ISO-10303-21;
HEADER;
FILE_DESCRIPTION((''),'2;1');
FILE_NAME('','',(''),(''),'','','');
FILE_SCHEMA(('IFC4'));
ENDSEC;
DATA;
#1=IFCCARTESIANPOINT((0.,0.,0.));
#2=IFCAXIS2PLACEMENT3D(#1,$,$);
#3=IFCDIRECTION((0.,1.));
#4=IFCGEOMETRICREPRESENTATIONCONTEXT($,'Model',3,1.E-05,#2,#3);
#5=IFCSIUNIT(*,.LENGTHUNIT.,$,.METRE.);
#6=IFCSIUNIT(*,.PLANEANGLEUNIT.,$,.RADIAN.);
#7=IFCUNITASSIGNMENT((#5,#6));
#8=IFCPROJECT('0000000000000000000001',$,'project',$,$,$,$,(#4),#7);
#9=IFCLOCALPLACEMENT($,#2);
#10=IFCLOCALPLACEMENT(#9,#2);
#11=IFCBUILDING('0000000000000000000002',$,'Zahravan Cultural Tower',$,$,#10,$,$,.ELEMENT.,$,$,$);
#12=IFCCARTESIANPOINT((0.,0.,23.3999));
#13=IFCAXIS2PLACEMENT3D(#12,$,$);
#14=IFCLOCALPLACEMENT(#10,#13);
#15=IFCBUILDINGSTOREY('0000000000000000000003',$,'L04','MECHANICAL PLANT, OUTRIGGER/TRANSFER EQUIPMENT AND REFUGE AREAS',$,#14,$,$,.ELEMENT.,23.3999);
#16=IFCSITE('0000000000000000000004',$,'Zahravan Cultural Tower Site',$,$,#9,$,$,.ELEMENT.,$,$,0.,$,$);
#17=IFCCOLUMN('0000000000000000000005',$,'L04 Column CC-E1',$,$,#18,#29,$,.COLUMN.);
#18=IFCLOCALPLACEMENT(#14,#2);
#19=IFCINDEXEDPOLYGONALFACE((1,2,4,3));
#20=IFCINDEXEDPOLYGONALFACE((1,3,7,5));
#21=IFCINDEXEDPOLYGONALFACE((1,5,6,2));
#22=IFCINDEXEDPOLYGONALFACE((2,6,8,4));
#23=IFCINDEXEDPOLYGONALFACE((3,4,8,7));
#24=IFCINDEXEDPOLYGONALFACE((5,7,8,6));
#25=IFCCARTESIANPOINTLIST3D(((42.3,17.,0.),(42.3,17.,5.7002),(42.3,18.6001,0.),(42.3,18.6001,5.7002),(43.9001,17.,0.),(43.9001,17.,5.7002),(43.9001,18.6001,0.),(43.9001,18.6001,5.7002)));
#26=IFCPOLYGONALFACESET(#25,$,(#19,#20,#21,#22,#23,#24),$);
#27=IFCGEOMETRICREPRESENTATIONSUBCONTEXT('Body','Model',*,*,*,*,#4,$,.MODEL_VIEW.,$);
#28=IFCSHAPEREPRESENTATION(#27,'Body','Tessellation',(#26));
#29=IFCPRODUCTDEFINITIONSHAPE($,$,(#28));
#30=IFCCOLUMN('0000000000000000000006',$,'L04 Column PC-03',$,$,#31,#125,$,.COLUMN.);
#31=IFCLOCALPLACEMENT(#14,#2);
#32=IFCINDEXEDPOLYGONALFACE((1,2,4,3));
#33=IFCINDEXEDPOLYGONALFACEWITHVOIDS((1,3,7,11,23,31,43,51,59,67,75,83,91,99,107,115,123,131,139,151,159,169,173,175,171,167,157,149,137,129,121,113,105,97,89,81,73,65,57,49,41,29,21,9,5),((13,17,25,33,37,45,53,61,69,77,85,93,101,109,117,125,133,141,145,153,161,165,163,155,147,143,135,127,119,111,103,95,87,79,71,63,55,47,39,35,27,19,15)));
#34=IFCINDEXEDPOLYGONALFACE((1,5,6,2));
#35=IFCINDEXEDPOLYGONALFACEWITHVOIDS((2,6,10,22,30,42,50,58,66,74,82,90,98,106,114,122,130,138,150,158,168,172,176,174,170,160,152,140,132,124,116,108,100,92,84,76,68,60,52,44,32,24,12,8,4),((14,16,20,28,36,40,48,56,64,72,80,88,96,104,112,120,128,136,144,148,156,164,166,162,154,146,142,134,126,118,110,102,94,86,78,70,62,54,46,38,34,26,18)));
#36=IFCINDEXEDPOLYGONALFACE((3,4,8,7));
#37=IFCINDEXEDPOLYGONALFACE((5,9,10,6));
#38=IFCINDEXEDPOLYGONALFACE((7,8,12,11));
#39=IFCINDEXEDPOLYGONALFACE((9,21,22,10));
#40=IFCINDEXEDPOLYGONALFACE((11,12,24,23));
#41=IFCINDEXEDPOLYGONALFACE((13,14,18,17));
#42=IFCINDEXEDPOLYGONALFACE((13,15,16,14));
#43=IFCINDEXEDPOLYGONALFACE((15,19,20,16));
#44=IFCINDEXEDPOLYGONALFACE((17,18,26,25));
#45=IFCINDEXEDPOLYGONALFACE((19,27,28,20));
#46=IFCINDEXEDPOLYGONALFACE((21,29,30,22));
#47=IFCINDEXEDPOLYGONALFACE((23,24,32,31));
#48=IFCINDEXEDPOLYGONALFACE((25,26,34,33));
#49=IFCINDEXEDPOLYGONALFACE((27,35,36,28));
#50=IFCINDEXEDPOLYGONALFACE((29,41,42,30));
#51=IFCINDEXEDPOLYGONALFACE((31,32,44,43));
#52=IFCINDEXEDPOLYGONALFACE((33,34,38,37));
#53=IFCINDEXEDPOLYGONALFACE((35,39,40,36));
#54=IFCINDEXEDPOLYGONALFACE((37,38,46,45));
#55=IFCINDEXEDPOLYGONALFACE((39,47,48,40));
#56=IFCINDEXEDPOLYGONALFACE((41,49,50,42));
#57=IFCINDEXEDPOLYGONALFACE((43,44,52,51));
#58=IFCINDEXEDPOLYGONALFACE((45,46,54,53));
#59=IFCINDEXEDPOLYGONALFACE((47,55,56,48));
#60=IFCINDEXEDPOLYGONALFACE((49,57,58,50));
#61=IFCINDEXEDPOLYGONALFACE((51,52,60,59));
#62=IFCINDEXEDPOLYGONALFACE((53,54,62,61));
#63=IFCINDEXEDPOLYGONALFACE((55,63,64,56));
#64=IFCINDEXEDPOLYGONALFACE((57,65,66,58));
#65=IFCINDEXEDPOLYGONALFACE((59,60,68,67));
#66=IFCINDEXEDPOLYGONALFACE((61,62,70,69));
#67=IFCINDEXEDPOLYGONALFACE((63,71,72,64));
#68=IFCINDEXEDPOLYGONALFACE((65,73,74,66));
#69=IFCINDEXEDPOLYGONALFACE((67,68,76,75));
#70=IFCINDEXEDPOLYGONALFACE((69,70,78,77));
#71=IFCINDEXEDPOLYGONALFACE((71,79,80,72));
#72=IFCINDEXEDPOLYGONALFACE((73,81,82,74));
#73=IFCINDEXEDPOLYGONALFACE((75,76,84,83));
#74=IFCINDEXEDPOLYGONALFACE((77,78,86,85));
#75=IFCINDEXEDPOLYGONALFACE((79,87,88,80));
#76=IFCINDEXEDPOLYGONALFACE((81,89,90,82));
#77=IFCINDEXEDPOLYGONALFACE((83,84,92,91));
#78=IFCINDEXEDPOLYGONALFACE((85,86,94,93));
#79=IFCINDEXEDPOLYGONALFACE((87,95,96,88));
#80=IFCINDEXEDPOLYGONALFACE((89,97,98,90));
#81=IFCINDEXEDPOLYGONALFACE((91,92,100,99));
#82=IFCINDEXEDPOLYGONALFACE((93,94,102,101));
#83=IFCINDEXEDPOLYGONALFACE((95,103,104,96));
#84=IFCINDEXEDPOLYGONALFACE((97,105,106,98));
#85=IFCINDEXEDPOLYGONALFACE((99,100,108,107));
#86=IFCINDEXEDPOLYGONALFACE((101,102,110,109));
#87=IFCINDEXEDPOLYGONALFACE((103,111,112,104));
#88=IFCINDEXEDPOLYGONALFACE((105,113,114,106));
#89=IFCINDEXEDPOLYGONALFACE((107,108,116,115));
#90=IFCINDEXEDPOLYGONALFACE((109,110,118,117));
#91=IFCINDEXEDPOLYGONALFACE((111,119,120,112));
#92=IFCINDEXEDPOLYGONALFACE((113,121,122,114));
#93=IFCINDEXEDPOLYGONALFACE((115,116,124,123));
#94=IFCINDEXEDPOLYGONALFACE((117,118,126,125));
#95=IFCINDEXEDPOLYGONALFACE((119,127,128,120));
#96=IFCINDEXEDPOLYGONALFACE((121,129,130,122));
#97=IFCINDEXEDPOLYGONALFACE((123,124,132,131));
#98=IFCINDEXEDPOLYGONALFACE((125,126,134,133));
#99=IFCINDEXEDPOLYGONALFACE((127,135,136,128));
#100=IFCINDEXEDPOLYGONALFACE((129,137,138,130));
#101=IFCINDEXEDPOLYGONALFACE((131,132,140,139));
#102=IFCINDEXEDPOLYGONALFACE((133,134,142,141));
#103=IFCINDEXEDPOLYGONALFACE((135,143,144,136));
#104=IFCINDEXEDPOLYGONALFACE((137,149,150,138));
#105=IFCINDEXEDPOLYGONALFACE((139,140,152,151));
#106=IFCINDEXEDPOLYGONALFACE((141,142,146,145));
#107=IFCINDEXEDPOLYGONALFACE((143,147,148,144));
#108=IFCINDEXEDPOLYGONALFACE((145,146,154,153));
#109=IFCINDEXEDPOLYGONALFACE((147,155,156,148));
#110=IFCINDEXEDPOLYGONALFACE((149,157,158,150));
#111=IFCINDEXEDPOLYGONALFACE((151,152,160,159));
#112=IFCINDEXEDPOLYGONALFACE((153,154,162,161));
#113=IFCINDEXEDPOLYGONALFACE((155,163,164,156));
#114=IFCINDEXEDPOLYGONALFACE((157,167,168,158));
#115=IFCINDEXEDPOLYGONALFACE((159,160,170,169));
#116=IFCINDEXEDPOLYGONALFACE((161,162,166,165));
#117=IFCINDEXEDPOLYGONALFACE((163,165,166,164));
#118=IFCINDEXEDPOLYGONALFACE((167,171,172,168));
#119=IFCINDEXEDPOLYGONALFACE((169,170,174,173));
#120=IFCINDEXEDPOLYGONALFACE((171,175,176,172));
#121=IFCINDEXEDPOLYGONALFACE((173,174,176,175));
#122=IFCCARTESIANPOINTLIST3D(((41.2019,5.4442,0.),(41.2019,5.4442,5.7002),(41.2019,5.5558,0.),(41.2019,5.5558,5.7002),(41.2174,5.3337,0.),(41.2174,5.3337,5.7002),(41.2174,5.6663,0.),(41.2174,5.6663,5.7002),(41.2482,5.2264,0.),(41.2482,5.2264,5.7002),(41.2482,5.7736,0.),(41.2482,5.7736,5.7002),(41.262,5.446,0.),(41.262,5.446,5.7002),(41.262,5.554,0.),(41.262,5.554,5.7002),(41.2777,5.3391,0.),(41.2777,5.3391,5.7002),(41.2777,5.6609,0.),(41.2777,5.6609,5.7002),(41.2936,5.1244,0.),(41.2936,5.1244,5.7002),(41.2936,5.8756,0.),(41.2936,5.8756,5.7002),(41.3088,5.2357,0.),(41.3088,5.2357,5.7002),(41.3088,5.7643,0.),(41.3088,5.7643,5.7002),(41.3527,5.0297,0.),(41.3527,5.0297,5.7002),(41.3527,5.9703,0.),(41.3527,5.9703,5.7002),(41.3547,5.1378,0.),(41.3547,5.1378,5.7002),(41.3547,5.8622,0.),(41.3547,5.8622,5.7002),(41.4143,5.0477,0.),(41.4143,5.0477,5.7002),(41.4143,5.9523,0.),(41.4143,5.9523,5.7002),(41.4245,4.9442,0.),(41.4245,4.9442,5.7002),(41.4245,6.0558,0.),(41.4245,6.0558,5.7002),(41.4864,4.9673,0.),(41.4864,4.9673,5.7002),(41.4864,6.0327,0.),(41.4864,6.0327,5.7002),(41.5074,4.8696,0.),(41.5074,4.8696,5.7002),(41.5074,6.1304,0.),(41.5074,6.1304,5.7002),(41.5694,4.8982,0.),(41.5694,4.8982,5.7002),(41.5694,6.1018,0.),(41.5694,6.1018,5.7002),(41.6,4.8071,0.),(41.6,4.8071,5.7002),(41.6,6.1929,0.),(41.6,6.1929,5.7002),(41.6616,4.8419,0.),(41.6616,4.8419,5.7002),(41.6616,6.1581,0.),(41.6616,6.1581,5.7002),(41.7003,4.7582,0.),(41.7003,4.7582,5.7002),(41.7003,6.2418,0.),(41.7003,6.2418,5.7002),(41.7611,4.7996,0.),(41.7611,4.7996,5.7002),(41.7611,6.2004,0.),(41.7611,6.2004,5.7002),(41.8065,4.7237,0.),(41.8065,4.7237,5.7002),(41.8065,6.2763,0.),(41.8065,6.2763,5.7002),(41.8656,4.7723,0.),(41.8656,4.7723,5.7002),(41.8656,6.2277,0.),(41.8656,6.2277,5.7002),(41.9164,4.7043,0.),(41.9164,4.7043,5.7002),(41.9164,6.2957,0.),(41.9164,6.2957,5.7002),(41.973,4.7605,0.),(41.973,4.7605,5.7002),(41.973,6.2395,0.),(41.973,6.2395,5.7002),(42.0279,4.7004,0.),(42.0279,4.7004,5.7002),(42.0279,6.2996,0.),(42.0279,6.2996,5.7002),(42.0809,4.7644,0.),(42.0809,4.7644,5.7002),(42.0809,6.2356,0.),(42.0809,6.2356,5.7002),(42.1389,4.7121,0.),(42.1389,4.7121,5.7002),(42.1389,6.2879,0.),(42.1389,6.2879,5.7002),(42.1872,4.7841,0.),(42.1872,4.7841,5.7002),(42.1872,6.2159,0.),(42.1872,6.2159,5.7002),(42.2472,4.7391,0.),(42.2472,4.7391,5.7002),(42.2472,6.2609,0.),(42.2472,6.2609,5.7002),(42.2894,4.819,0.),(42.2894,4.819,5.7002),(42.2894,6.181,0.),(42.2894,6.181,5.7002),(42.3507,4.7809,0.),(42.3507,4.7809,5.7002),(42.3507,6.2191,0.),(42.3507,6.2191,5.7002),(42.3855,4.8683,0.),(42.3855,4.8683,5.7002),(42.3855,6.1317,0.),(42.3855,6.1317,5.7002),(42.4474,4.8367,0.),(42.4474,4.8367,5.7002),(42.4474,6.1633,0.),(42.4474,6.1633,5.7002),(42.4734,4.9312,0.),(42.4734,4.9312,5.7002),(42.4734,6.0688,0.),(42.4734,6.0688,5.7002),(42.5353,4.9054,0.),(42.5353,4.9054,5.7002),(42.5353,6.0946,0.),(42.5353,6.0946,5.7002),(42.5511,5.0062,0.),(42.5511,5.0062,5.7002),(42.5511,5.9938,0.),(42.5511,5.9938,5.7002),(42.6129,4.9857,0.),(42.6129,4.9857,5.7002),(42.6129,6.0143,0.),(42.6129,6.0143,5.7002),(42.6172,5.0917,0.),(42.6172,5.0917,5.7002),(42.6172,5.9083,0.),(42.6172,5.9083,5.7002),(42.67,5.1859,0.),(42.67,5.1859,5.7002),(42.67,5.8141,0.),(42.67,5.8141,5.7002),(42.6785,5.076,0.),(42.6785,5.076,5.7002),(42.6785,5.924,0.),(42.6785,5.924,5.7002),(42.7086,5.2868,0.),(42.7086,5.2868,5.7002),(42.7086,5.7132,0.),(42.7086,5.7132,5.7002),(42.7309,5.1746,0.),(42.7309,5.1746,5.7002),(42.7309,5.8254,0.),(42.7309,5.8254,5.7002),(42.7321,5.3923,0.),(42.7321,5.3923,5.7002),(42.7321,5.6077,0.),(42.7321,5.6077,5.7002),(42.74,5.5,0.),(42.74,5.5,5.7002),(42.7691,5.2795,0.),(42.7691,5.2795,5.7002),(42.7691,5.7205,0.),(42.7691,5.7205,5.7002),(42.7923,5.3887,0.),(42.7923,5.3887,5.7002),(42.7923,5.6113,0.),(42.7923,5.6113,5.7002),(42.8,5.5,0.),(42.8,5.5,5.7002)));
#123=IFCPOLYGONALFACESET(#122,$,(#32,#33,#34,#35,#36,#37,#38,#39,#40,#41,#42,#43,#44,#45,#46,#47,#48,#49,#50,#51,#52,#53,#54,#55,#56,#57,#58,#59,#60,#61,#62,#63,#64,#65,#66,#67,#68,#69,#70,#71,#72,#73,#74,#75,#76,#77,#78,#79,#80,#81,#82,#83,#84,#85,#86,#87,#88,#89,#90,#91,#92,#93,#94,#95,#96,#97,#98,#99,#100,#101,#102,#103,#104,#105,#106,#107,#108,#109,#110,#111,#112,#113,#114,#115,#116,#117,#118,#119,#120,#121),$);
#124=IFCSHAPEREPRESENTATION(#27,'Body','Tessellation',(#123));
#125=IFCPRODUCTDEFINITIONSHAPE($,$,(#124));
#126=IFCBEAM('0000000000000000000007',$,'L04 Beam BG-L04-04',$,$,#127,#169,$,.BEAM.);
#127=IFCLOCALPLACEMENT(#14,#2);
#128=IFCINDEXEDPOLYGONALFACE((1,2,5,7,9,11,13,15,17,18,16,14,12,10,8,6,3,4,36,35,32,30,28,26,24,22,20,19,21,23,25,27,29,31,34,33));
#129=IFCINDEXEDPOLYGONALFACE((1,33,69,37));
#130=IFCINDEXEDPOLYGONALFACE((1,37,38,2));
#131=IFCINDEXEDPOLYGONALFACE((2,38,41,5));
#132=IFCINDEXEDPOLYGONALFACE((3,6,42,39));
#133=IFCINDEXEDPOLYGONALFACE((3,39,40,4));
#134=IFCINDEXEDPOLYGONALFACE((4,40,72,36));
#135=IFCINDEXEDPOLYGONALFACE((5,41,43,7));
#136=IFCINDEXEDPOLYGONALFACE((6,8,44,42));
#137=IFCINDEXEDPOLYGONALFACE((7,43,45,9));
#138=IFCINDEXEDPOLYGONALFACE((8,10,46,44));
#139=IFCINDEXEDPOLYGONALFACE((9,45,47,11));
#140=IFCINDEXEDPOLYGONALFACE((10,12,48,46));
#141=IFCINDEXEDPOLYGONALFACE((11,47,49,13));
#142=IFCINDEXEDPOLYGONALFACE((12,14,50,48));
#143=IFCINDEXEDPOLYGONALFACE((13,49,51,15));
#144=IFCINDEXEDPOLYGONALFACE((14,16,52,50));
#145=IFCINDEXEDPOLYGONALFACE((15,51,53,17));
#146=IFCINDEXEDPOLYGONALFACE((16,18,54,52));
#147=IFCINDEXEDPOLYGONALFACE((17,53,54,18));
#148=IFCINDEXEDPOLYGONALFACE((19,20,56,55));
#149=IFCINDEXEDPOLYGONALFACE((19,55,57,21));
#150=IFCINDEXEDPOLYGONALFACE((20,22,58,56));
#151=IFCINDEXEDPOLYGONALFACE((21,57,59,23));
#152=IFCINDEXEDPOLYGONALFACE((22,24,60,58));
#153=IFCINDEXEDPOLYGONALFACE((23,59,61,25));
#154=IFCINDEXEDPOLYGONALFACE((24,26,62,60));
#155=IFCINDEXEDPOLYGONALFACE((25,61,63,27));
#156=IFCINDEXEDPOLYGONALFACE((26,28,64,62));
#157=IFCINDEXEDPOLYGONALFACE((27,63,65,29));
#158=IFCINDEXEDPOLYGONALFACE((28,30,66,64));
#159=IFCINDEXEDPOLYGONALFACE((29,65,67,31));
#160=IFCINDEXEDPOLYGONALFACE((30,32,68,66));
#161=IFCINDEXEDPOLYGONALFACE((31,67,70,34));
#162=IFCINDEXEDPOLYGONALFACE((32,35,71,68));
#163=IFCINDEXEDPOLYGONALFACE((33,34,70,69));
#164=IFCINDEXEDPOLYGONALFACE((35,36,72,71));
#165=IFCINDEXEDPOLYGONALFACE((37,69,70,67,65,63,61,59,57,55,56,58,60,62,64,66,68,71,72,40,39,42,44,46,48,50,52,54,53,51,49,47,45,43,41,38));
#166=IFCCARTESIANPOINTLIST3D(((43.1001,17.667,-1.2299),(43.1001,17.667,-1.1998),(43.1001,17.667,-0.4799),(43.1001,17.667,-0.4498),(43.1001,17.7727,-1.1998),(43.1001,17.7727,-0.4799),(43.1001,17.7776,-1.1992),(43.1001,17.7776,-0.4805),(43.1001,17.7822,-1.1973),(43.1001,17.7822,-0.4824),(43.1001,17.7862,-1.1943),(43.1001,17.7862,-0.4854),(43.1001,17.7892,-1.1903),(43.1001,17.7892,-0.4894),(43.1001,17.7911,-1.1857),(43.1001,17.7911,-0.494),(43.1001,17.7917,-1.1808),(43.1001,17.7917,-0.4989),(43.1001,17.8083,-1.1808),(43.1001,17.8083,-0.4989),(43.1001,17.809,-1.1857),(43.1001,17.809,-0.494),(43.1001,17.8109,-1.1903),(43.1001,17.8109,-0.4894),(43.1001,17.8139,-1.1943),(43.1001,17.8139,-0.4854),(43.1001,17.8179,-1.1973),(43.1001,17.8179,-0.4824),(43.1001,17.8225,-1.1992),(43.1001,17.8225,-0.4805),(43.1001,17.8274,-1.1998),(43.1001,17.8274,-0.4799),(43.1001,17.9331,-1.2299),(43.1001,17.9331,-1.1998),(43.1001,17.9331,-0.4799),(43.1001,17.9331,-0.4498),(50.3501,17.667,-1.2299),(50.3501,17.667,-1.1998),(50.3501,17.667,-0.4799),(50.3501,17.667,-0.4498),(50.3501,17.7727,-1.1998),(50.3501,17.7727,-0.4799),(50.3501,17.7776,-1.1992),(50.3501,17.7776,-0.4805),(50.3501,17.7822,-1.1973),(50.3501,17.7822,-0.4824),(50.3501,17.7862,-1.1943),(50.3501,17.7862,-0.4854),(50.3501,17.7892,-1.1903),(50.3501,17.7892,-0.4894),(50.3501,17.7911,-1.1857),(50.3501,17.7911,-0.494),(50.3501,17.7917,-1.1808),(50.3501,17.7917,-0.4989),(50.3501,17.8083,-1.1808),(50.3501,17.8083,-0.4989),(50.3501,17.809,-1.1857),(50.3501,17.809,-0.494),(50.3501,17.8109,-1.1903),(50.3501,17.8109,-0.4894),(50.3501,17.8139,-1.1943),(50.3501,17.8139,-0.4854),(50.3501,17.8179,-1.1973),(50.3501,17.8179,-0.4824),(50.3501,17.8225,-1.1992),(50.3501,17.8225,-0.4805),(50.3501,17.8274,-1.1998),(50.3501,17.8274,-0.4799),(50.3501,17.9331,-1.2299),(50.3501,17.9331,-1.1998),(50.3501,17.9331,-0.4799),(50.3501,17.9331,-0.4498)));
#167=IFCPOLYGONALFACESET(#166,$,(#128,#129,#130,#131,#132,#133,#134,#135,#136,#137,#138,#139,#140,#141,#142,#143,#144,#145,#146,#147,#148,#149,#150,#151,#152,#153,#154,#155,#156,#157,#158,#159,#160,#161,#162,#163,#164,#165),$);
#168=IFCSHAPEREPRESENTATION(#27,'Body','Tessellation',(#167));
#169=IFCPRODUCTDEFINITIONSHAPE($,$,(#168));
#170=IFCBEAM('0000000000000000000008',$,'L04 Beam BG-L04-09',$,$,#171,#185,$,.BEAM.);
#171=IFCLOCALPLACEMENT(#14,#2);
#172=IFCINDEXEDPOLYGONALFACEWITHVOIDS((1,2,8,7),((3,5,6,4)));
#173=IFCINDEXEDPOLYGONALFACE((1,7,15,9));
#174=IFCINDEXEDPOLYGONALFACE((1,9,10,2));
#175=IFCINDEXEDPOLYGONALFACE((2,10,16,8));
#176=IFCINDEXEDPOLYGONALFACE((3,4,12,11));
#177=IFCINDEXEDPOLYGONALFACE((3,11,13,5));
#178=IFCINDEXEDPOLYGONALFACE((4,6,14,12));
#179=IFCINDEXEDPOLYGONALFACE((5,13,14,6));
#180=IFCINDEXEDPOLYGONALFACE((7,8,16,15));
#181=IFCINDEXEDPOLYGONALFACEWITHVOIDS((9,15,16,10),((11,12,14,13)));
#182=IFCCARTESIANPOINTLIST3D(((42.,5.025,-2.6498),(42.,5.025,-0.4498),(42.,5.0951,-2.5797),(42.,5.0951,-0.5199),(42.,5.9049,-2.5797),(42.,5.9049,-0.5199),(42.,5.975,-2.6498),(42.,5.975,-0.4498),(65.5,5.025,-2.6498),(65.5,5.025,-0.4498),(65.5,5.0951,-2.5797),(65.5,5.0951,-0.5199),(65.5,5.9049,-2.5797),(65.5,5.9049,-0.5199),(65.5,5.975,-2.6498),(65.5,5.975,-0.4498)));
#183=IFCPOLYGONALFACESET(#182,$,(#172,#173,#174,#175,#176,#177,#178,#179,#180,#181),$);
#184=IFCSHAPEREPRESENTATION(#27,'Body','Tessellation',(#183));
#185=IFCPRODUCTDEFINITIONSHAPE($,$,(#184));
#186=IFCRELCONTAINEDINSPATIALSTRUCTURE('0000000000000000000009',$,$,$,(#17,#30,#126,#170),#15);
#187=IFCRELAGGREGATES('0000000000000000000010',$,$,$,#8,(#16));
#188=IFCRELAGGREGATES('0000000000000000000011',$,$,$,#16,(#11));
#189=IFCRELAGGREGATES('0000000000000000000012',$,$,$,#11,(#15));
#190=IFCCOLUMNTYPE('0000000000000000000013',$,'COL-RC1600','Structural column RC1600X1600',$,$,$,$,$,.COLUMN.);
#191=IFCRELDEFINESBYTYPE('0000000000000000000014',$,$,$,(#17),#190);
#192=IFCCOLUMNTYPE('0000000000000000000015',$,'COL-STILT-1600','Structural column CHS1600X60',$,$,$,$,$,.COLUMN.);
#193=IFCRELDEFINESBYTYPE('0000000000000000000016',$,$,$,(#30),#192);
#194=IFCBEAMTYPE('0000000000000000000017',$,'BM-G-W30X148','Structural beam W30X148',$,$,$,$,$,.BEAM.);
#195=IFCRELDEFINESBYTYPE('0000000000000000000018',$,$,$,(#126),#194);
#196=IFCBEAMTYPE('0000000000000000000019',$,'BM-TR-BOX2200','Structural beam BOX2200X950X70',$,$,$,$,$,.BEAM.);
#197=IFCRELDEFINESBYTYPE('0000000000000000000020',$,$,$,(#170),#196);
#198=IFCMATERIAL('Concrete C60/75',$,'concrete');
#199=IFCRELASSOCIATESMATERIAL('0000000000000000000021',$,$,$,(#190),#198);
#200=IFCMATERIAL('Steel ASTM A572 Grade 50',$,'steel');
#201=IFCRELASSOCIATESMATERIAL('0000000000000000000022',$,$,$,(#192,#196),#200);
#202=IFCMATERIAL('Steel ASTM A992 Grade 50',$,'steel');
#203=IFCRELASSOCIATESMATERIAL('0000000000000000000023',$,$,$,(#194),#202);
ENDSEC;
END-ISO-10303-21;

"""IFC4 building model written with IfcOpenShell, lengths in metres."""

from ifc_helpers import new_model, si_unit, direction, frame, origin, origin_2d, place, context, subcontext, project, spatial, rectangle, hollow_rectangle, hollow_circle, i_section, extrude, source, transform, mapped, material, material_profile, profile_set, type_object, element, save


model = new_model("IFC4")

# Units and contexts
model_context = context("Model", 3, precision=1e-05, world=origin(), true_north=direction((0.0, 1.0)))
body_context = subcontext(model_context, "Body", "Model", "MODEL_VIEW")
ifc_project = project(units=[si_unit("LENGTHUNIT", "METRE"), si_unit("PLANEANGLEUNIT", "RADIAN")], contexts=[model_context])

# Site, building, storey
site_placement = place(None, origin())
site = spatial("IfcSite", under=ifc_project, at=site_placement, Name="Zahravan Cultural Tower Site", CompositionType="ELEMENT", RefElevation=0.0)
building_placement = place(site_placement, origin())
building = spatial("IfcBuilding", under=site, at=building_placement, Name="Zahravan Cultural Tower", CompositionType="ELEMENT")
storey_placement = place(building_placement, frame((0.0, 0.0, 23.3999)))
storey = spatial("IfcBuildingStorey", under=building, at=storey_placement, Name="L04", Description="MECHANICAL PLANT, OUTRIGGER/TRANSFER EQUIPMENT AND REFUGE AREAS", CompositionType="ELEMENT", Elevation=23.3999)

# Columns
ifc_material_1 = material(Name="Concrete C60/75", Category="concrete")
ifc_material_profile_1 = material_profile(ifc_material_1, rectangle(XDim=1.6001, YDim=1.6001, at=origin_2d()), Name="RC1600X1600")
ifc_profile_set_1 = profile_set([ifc_material_profile_1], Name="Concrete C60/75")
column_type_1 = type_object("IfcColumnType", Name="COL-RC1600", Description="Structural column RC1600X1600", PredefinedType="COLUMN", material=ifc_profile_set_1)
shared_shape_1 = source(origin(), body_context, "Body", "SweptSolid", [
    extrude(rectangle(XDim=1.6001, YDim=1.6001, at=origin_2d()), origin(), (0.0, 0.0, 1.0), 5.7002),
])
column_1_placement = place(storey_placement, frame((43.1001, 17.8, 0.0), z_axis=(0.0, 0.0, 1.0), x_axis=(1.0, 0.0, 0.0)))
element("IfcColumn", 1, at=column_1_placement, inside=storey, type_object=column_type_1, Name="L04 Column CC-E1", PredefinedType="COLUMN", context=body_context, shape_type="MappedRepresentation", body=[
    mapped(shared_shape_1, transform((0.0, 0.0, 0.0), x_axis=(1.0, 0.0, 0.0), y_axis=(0.0, 1.0, 0.0), z_axis=(0.0, 0.0, 1.0), scale=1.0)),
])
ifc_material_2 = material(Name="Steel ASTM A572 Grade 50", Category="steel")
ifc_material_profile_2 = material_profile(ifc_material_2, hollow_circle(Radius=0.8, WallThickness=0.0601, at=origin_2d()), Name="CHS1600X60")
ifc_profile_set_2 = profile_set([ifc_material_profile_2], Name="Steel ASTM A572 Grade 50")
column_type_2 = type_object("IfcColumnType", Name="COL-STILT-1600", Description="Structural column CHS1600X60", PredefinedType="COLUMN", material=ifc_profile_set_2)
shared_shape_2 = source(origin(), body_context, "Body", "SweptSolid", [
    extrude(hollow_circle(Radius=0.8, WallThickness=0.0601, at=origin_2d()), origin(), (0.0, 0.0, 1.0), 5.7002),
])
column_2_placement = place(storey_placement, frame((42.0, 5.5, 0.0), z_axis=(0.0, 0.0, 1.0), x_axis=(1.0, 0.0, 0.0)))
element("IfcColumn", 2, at=column_2_placement, inside=storey, type_object=column_type_2, Name="L04 Column PC-03", PredefinedType="COLUMN", context=body_context, shape_type="MappedRepresentation", body=[
    mapped(shared_shape_2, transform((0.0, 0.0, 0.0), x_axis=(1.0, 0.0, 0.0), y_axis=(0.0, 1.0, 0.0), z_axis=(0.0, 0.0, 1.0), scale=1.0)),
])

# Beams
ifc_material_3 = material(Name="Steel ASTM A992 Grade 50", Category="steel")
ifc_material_profile_3 = material_profile(ifc_material_3, i_section(OverallWidth=0.2661, OverallDepth=0.78, WebThickness=0.0166, FlangeThickness=0.03, FilletRadius=0.019, at=origin_2d()), Name="W30X148")
ifc_profile_set_3 = profile_set([ifc_material_profile_3], Name="Steel ASTM A992 Grade 50")
beam_type_1 = type_object("IfcBeamType", Name="BM-G-W30X148", Description="Structural beam W30X148", PredefinedType="BEAM", material=ifc_profile_set_3)
shared_shape_3 = source(origin(), body_context, "Body", "SweptSolid", [
    extrude(i_section(OverallWidth=0.2661, OverallDepth=0.78, WebThickness=0.0166, FlangeThickness=0.03, FilletRadius=0.019, at=origin_2d()), origin(), (0.0, 0.0, 1.0), 7.25),
])
beam_1_placement = place(storey_placement, frame((43.1001, 17.8, -0.8398), z_axis=(1.0, 0.0, 0.0), x_axis=(0.0, 1.0, 0.0)))
element("IfcBeam", 3, at=beam_1_placement, inside=storey, type_object=beam_type_1, Name="L04 Beam BG-L04-04", PredefinedType="BEAM", context=body_context, shape_type="MappedRepresentation", body=[
    mapped(shared_shape_3, transform((0.0, 0.0, 0.0), x_axis=(1.0, 0.0, 0.0), y_axis=(0.0, 1.0, 0.0), z_axis=(0.0, 0.0, 1.0), scale=1.0)),
])
ifc_material_profile_4 = material_profile(ifc_material_2, hollow_rectangle(XDim=0.95, YDim=2.2, WallThickness=0.0701, at=origin_2d()), Name="BOX2200X950X70")
ifc_profile_set_4 = profile_set([ifc_material_profile_4], Name="Steel ASTM A572 Grade 50")
beam_type_2 = type_object("IfcBeamType", Name="BM-TR-BOX2200", Description="Structural beam BOX2200X950X70", PredefinedType="BEAM", material=ifc_profile_set_4)
shared_shape_4 = source(origin(), body_context, "Body", "SweptSolid", [
    extrude(hollow_rectangle(XDim=0.95, YDim=2.2, WallThickness=0.0701, at=origin_2d()), origin(), (0.0, 0.0, 1.0), 23.5),
])
beam_2_placement = place(storey_placement, frame((42.0, 5.5, -1.5498), z_axis=(1.0, 0.0, 0.0), x_axis=(0.0, 1.0, 0.0)))
element("IfcBeam", 4, at=beam_2_placement, inside=storey, type_object=beam_type_2, Name="L04 Beam BG-L04-09", PredefinedType="BEAM", context=body_context, shape_type="MappedRepresentation", body=[
    mapped(shared_shape_4, transform((0.0, 0.0, 0.0), x_axis=(1.0, 0.0, 0.0), y_axis=(0.0, 1.0, 0.0), z_axis=(0.0, 0.0, 1.0), scale=1.0)),
])

save(model, "model.ifc")
